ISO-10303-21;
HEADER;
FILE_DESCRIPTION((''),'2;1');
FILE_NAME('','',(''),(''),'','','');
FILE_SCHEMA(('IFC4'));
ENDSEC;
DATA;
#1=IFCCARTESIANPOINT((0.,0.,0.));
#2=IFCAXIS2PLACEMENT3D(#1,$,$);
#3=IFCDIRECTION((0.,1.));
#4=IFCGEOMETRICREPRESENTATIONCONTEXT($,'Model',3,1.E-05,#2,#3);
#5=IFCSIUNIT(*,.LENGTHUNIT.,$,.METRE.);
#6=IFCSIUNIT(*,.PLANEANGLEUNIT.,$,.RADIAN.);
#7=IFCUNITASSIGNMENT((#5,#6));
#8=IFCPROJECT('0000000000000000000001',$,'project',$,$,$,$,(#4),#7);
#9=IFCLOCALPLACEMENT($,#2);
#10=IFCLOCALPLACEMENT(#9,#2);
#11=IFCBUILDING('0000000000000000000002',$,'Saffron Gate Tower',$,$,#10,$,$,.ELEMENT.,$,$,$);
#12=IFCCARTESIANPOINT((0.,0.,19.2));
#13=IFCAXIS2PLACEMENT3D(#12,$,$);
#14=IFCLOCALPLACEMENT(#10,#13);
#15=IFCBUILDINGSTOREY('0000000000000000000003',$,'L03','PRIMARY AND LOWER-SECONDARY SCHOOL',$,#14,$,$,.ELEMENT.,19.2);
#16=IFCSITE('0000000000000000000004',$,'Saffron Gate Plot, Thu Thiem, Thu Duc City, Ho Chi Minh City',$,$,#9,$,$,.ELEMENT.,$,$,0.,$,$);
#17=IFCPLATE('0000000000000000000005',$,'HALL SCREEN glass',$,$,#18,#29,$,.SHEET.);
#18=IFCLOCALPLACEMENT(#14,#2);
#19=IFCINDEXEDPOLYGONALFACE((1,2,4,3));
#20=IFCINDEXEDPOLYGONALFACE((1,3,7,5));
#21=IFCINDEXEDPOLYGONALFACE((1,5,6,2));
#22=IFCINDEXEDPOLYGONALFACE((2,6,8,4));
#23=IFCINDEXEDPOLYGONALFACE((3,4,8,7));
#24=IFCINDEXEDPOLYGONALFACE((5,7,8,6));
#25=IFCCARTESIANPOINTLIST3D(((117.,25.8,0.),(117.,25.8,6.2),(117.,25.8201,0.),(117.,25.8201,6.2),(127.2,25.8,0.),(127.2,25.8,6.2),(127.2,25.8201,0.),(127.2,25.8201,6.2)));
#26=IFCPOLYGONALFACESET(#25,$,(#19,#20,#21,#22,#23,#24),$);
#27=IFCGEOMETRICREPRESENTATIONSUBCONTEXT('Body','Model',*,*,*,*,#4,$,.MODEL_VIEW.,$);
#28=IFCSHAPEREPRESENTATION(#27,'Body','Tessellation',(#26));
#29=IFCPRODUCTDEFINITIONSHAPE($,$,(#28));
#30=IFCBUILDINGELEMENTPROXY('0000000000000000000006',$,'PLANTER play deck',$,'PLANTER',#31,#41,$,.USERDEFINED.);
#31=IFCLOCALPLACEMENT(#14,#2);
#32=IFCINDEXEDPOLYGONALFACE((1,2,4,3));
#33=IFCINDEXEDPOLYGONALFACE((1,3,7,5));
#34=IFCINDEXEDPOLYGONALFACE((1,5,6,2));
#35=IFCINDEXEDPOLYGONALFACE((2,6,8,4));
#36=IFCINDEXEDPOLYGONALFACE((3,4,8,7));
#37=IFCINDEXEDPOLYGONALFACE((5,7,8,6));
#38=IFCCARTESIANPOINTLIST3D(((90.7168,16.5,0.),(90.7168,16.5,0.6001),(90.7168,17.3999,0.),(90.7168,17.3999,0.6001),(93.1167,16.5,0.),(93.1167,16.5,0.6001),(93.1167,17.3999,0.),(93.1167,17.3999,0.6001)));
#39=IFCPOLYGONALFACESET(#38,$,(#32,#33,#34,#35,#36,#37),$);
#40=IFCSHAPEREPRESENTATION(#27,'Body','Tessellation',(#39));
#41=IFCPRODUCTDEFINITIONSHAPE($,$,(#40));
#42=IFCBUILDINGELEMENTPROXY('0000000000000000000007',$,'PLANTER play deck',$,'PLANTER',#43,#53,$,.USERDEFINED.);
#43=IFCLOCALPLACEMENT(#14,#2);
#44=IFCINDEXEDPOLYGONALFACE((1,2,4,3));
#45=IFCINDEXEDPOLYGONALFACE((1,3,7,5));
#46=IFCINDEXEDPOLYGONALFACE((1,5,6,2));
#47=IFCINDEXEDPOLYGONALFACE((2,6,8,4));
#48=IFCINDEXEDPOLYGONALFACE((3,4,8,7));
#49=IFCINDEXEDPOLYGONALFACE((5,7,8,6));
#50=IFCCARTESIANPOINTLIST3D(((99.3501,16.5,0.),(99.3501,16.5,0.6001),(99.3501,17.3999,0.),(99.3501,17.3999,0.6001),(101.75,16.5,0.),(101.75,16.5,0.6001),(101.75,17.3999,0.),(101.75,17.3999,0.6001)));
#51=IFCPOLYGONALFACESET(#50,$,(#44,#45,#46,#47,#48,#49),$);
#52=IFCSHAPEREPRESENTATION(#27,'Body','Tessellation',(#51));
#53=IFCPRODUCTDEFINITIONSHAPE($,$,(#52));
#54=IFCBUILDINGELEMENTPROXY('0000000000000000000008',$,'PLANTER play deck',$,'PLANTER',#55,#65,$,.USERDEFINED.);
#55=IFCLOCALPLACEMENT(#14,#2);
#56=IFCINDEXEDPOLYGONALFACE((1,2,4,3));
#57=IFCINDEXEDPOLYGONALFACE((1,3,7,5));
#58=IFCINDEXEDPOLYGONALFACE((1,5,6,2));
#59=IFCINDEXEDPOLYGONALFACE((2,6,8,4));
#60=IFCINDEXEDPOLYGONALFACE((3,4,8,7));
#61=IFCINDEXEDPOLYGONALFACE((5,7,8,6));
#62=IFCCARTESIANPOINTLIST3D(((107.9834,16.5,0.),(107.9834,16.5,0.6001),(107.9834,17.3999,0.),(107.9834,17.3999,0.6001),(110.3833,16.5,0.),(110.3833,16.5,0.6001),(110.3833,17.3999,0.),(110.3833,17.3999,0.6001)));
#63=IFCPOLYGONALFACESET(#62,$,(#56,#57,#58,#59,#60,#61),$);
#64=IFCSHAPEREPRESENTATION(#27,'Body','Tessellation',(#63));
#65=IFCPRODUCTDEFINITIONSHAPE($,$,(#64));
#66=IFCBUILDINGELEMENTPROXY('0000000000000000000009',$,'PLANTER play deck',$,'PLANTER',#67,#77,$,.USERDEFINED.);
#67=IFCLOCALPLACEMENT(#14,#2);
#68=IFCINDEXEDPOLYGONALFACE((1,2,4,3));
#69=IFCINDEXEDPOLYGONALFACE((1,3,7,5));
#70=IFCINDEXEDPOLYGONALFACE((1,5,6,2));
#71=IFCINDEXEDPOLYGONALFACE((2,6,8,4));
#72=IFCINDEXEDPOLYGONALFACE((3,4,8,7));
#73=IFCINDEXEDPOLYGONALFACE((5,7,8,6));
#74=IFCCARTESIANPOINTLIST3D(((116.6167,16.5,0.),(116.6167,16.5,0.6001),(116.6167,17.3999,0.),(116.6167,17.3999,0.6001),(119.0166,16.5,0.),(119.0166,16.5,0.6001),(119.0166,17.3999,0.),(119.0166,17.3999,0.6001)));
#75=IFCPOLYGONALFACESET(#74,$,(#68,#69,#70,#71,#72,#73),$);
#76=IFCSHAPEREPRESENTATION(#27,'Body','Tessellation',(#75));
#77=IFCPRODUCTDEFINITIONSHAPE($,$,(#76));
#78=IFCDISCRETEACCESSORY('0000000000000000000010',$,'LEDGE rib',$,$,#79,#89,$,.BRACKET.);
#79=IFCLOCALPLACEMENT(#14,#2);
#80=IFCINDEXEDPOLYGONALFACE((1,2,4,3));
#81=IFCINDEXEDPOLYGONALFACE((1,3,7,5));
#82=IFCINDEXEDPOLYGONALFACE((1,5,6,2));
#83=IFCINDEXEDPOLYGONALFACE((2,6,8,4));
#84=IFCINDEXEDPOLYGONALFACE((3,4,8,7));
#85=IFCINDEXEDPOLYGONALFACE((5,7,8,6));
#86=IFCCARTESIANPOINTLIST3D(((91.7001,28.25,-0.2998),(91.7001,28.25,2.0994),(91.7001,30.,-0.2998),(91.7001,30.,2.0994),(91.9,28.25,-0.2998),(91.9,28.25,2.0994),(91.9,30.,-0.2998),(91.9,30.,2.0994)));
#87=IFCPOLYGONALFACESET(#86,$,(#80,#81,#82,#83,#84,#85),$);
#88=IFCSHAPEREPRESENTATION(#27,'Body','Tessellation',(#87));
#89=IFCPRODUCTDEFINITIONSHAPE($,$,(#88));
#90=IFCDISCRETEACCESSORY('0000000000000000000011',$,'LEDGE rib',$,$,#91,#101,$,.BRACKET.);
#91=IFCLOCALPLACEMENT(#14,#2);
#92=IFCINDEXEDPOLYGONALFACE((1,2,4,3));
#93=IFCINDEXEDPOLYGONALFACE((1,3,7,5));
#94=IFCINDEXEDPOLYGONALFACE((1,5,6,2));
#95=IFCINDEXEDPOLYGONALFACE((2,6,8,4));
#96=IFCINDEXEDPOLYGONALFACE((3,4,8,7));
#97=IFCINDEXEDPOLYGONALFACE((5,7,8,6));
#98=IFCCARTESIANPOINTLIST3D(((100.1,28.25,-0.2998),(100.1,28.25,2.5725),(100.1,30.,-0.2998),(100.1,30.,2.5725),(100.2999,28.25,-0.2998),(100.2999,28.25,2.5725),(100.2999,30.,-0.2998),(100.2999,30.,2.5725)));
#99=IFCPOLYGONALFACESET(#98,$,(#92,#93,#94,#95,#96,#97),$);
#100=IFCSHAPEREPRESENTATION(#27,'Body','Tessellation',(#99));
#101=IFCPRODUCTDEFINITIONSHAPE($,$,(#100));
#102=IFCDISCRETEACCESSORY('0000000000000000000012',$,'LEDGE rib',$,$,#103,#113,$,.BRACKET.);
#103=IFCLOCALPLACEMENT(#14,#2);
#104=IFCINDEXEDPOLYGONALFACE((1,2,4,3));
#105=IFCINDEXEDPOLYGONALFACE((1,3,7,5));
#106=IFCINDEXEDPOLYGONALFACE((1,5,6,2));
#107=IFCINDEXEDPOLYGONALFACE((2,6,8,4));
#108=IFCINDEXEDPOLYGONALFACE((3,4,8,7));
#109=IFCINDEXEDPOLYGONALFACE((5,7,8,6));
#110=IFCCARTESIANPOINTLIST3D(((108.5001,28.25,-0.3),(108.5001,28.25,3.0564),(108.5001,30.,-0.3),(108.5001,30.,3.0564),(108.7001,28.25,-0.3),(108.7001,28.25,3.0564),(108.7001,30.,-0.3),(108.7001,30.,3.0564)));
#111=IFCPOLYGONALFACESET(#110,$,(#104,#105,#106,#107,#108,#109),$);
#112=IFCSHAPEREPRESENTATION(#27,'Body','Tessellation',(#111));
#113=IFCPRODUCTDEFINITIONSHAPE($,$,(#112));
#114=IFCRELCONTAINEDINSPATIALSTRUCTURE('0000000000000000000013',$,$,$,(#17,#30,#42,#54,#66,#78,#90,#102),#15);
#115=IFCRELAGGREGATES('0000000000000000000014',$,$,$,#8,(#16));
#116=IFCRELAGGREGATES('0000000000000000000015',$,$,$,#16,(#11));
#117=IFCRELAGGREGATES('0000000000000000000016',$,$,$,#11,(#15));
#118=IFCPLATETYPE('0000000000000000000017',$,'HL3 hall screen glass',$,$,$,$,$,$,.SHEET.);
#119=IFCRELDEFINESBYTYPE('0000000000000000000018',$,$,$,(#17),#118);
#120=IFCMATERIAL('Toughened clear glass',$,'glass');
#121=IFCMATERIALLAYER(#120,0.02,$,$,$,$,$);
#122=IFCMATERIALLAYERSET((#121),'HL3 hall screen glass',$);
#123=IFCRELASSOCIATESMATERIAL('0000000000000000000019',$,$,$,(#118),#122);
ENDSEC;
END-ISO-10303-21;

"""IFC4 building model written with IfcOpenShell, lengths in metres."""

from ifc_helpers import new_model, si_unit, direction, frame, origin, origin_2d, place, context, subcontext, project, spatial, polyline, rectangle, outline, extrude, material, layer, layer_set, type_object, element, save


model = new_model("IFC4")

# Units and contexts
model_context = context("Model", 3, precision=1e-05, world=origin(), true_north=direction((0.0, 1.0)))
body_context = subcontext(model_context, "Body", "Model", "MODEL_VIEW")
ifc_project = project(units=[si_unit("LENGTHUNIT", "METRE"), si_unit("PLANEANGLEUNIT", "RADIAN")], contexts=[model_context])

# Site, building, storey
site_placement = place(None, origin())
site = spatial("IfcSite", under=ifc_project, at=site_placement, Name="Saffron Gate Plot, Thu Thiem, Thu Duc City, Ho Chi Minh City", CompositionType="ELEMENT", RefElevation=0.0)
building_placement = place(site_placement, origin())
building = spatial("IfcBuilding", under=site, at=building_placement, Name="Saffron Gate Tower", CompositionType="ELEMENT")
storey_placement = place(building_placement, frame((0.0, 0.0, 19.2)))
storey = spatial("IfcBuildingStorey", under=building, at=storey_placement, Name="L03", Description="PRIMARY AND LOWER-SECONDARY SCHOOL", CompositionType="ELEMENT", Elevation=19.2)

# Plate
ifc_material_1 = material(Name="Toughened clear glass", Category="glass")
ifc_layer_1 = layer(ifc_material_1, 0.02)
ifc_layer_set_1 = layer_set([ifc_layer_1], Name="HL3 hall screen glass")
plate_type_1 = type_object("IfcPlateType", Name="HL3 hall screen glass", PredefinedType="SHEET", material=ifc_layer_set_1)
plate_1_placement = place(storey_placement, frame((117.0, 25.8, 0.0), z_axis=(0.0, -1.0, 0.0), x_axis=(1.0, 0.0, 0.0)))
element("IfcPlate", 1, at=plate_1_placement, inside=storey, type_object=plate_type_1, Name="HALL SCREEN glass", PredefinedType="SHEET", context=body_context, shape_type="SweptSolid", body=[
    extrude(outline(polyline([(0.0, 0.0), (10.2, 0.0), (10.2, 6.2), (0.0, 6.2), (0.0, 0.0)])), origin(), (0.0, 0.0, -1.0), 0.02),
])

# Building element proxies
for number, where, z_axis, x_axis, name in (
    (2, (91.9167, 16.95, 0.0), (0.0, 0.0, 1.0), (1.0, 0.0, 0.0), "PLANTER play deck"),
    (3, (100.55, 16.95, 0.0), (0.0, 0.0, 1.0), (1.0, 0.0, 0.0), "PLANTER play deck"),
    (4, (109.1833, 16.95, 0.0), (0.0, 0.0, 1.0), (1.0, 0.0, 0.0), "PLANTER play deck"),
    (5, (117.8167, 16.95, 0.0), (0.0, 0.0, 1.0), (1.0, 0.0, 0.0), "PLANTER play deck"),
):
    element("IfcBuildingElementProxy", number, at=place(storey_placement, frame(where, z_axis=z_axis, x_axis=x_axis)), inside=storey, Name=name, ObjectType="PLANTER", PredefinedType="USERDEFINED", context=body_context, shape_type="SweptSolid", body=[
        extrude(rectangle(XDim=2.3999, YDim=0.8999, at=origin_2d()), origin(), (0.0, 0.0, 1.0), 0.6001),
    ])

# Discrete accessories
discrete_accessory_1_placement = place(storey_placement, frame((91.8, 29.125, -0.2998), z_axis=(0.0, 0.0, 1.0), x_axis=(1.0, 0.0, 0.0)))
element("IfcDiscreteAccessory", 6, at=discrete_accessory_1_placement, inside=storey, Name="LEDGE rib", PredefinedType="BRACKET", context=body_context, shape_type="SweptSolid", body=[
    extrude(rectangle(XDim=0.2, YDim=1.75, at=origin_2d()), origin(), (0.0, 0.0, 1.0), 2.3992),
])
discrete_accessory_2_placement = place(storey_placement, frame((100.2, 29.125, -0.2998), z_axis=(0.0, 0.0, 1.0), x_axis=(1.0, 0.0, 0.0)))
element("IfcDiscreteAccessory", 7, at=discrete_accessory_2_placement, inside=storey, Name="LEDGE rib", PredefinedType="BRACKET", context=body_context, shape_type="SweptSolid", body=[
    extrude(rectangle(XDim=0.2, YDim=1.75, at=origin_2d()), origin(), (0.0, 0.0, 1.0), 2.8723),
])
discrete_accessory_3_placement = place(storey_placement, frame((108.6001, 29.125, -0.3), z_axis=(0.0, 0.0, 1.0), x_axis=(1.0, 0.0, 0.0)))
element("IfcDiscreteAccessory", 8, at=discrete_accessory_3_placement, inside=storey, Name="LEDGE rib", PredefinedType="BRACKET", context=body_context, shape_type="SweptSolid", body=[
    extrude(rectangle(XDim=0.2, YDim=1.75, at=origin_2d()), origin(), (0.0, 0.0, 1.0), 3.3564),
])

save(model, "model.ifc")
